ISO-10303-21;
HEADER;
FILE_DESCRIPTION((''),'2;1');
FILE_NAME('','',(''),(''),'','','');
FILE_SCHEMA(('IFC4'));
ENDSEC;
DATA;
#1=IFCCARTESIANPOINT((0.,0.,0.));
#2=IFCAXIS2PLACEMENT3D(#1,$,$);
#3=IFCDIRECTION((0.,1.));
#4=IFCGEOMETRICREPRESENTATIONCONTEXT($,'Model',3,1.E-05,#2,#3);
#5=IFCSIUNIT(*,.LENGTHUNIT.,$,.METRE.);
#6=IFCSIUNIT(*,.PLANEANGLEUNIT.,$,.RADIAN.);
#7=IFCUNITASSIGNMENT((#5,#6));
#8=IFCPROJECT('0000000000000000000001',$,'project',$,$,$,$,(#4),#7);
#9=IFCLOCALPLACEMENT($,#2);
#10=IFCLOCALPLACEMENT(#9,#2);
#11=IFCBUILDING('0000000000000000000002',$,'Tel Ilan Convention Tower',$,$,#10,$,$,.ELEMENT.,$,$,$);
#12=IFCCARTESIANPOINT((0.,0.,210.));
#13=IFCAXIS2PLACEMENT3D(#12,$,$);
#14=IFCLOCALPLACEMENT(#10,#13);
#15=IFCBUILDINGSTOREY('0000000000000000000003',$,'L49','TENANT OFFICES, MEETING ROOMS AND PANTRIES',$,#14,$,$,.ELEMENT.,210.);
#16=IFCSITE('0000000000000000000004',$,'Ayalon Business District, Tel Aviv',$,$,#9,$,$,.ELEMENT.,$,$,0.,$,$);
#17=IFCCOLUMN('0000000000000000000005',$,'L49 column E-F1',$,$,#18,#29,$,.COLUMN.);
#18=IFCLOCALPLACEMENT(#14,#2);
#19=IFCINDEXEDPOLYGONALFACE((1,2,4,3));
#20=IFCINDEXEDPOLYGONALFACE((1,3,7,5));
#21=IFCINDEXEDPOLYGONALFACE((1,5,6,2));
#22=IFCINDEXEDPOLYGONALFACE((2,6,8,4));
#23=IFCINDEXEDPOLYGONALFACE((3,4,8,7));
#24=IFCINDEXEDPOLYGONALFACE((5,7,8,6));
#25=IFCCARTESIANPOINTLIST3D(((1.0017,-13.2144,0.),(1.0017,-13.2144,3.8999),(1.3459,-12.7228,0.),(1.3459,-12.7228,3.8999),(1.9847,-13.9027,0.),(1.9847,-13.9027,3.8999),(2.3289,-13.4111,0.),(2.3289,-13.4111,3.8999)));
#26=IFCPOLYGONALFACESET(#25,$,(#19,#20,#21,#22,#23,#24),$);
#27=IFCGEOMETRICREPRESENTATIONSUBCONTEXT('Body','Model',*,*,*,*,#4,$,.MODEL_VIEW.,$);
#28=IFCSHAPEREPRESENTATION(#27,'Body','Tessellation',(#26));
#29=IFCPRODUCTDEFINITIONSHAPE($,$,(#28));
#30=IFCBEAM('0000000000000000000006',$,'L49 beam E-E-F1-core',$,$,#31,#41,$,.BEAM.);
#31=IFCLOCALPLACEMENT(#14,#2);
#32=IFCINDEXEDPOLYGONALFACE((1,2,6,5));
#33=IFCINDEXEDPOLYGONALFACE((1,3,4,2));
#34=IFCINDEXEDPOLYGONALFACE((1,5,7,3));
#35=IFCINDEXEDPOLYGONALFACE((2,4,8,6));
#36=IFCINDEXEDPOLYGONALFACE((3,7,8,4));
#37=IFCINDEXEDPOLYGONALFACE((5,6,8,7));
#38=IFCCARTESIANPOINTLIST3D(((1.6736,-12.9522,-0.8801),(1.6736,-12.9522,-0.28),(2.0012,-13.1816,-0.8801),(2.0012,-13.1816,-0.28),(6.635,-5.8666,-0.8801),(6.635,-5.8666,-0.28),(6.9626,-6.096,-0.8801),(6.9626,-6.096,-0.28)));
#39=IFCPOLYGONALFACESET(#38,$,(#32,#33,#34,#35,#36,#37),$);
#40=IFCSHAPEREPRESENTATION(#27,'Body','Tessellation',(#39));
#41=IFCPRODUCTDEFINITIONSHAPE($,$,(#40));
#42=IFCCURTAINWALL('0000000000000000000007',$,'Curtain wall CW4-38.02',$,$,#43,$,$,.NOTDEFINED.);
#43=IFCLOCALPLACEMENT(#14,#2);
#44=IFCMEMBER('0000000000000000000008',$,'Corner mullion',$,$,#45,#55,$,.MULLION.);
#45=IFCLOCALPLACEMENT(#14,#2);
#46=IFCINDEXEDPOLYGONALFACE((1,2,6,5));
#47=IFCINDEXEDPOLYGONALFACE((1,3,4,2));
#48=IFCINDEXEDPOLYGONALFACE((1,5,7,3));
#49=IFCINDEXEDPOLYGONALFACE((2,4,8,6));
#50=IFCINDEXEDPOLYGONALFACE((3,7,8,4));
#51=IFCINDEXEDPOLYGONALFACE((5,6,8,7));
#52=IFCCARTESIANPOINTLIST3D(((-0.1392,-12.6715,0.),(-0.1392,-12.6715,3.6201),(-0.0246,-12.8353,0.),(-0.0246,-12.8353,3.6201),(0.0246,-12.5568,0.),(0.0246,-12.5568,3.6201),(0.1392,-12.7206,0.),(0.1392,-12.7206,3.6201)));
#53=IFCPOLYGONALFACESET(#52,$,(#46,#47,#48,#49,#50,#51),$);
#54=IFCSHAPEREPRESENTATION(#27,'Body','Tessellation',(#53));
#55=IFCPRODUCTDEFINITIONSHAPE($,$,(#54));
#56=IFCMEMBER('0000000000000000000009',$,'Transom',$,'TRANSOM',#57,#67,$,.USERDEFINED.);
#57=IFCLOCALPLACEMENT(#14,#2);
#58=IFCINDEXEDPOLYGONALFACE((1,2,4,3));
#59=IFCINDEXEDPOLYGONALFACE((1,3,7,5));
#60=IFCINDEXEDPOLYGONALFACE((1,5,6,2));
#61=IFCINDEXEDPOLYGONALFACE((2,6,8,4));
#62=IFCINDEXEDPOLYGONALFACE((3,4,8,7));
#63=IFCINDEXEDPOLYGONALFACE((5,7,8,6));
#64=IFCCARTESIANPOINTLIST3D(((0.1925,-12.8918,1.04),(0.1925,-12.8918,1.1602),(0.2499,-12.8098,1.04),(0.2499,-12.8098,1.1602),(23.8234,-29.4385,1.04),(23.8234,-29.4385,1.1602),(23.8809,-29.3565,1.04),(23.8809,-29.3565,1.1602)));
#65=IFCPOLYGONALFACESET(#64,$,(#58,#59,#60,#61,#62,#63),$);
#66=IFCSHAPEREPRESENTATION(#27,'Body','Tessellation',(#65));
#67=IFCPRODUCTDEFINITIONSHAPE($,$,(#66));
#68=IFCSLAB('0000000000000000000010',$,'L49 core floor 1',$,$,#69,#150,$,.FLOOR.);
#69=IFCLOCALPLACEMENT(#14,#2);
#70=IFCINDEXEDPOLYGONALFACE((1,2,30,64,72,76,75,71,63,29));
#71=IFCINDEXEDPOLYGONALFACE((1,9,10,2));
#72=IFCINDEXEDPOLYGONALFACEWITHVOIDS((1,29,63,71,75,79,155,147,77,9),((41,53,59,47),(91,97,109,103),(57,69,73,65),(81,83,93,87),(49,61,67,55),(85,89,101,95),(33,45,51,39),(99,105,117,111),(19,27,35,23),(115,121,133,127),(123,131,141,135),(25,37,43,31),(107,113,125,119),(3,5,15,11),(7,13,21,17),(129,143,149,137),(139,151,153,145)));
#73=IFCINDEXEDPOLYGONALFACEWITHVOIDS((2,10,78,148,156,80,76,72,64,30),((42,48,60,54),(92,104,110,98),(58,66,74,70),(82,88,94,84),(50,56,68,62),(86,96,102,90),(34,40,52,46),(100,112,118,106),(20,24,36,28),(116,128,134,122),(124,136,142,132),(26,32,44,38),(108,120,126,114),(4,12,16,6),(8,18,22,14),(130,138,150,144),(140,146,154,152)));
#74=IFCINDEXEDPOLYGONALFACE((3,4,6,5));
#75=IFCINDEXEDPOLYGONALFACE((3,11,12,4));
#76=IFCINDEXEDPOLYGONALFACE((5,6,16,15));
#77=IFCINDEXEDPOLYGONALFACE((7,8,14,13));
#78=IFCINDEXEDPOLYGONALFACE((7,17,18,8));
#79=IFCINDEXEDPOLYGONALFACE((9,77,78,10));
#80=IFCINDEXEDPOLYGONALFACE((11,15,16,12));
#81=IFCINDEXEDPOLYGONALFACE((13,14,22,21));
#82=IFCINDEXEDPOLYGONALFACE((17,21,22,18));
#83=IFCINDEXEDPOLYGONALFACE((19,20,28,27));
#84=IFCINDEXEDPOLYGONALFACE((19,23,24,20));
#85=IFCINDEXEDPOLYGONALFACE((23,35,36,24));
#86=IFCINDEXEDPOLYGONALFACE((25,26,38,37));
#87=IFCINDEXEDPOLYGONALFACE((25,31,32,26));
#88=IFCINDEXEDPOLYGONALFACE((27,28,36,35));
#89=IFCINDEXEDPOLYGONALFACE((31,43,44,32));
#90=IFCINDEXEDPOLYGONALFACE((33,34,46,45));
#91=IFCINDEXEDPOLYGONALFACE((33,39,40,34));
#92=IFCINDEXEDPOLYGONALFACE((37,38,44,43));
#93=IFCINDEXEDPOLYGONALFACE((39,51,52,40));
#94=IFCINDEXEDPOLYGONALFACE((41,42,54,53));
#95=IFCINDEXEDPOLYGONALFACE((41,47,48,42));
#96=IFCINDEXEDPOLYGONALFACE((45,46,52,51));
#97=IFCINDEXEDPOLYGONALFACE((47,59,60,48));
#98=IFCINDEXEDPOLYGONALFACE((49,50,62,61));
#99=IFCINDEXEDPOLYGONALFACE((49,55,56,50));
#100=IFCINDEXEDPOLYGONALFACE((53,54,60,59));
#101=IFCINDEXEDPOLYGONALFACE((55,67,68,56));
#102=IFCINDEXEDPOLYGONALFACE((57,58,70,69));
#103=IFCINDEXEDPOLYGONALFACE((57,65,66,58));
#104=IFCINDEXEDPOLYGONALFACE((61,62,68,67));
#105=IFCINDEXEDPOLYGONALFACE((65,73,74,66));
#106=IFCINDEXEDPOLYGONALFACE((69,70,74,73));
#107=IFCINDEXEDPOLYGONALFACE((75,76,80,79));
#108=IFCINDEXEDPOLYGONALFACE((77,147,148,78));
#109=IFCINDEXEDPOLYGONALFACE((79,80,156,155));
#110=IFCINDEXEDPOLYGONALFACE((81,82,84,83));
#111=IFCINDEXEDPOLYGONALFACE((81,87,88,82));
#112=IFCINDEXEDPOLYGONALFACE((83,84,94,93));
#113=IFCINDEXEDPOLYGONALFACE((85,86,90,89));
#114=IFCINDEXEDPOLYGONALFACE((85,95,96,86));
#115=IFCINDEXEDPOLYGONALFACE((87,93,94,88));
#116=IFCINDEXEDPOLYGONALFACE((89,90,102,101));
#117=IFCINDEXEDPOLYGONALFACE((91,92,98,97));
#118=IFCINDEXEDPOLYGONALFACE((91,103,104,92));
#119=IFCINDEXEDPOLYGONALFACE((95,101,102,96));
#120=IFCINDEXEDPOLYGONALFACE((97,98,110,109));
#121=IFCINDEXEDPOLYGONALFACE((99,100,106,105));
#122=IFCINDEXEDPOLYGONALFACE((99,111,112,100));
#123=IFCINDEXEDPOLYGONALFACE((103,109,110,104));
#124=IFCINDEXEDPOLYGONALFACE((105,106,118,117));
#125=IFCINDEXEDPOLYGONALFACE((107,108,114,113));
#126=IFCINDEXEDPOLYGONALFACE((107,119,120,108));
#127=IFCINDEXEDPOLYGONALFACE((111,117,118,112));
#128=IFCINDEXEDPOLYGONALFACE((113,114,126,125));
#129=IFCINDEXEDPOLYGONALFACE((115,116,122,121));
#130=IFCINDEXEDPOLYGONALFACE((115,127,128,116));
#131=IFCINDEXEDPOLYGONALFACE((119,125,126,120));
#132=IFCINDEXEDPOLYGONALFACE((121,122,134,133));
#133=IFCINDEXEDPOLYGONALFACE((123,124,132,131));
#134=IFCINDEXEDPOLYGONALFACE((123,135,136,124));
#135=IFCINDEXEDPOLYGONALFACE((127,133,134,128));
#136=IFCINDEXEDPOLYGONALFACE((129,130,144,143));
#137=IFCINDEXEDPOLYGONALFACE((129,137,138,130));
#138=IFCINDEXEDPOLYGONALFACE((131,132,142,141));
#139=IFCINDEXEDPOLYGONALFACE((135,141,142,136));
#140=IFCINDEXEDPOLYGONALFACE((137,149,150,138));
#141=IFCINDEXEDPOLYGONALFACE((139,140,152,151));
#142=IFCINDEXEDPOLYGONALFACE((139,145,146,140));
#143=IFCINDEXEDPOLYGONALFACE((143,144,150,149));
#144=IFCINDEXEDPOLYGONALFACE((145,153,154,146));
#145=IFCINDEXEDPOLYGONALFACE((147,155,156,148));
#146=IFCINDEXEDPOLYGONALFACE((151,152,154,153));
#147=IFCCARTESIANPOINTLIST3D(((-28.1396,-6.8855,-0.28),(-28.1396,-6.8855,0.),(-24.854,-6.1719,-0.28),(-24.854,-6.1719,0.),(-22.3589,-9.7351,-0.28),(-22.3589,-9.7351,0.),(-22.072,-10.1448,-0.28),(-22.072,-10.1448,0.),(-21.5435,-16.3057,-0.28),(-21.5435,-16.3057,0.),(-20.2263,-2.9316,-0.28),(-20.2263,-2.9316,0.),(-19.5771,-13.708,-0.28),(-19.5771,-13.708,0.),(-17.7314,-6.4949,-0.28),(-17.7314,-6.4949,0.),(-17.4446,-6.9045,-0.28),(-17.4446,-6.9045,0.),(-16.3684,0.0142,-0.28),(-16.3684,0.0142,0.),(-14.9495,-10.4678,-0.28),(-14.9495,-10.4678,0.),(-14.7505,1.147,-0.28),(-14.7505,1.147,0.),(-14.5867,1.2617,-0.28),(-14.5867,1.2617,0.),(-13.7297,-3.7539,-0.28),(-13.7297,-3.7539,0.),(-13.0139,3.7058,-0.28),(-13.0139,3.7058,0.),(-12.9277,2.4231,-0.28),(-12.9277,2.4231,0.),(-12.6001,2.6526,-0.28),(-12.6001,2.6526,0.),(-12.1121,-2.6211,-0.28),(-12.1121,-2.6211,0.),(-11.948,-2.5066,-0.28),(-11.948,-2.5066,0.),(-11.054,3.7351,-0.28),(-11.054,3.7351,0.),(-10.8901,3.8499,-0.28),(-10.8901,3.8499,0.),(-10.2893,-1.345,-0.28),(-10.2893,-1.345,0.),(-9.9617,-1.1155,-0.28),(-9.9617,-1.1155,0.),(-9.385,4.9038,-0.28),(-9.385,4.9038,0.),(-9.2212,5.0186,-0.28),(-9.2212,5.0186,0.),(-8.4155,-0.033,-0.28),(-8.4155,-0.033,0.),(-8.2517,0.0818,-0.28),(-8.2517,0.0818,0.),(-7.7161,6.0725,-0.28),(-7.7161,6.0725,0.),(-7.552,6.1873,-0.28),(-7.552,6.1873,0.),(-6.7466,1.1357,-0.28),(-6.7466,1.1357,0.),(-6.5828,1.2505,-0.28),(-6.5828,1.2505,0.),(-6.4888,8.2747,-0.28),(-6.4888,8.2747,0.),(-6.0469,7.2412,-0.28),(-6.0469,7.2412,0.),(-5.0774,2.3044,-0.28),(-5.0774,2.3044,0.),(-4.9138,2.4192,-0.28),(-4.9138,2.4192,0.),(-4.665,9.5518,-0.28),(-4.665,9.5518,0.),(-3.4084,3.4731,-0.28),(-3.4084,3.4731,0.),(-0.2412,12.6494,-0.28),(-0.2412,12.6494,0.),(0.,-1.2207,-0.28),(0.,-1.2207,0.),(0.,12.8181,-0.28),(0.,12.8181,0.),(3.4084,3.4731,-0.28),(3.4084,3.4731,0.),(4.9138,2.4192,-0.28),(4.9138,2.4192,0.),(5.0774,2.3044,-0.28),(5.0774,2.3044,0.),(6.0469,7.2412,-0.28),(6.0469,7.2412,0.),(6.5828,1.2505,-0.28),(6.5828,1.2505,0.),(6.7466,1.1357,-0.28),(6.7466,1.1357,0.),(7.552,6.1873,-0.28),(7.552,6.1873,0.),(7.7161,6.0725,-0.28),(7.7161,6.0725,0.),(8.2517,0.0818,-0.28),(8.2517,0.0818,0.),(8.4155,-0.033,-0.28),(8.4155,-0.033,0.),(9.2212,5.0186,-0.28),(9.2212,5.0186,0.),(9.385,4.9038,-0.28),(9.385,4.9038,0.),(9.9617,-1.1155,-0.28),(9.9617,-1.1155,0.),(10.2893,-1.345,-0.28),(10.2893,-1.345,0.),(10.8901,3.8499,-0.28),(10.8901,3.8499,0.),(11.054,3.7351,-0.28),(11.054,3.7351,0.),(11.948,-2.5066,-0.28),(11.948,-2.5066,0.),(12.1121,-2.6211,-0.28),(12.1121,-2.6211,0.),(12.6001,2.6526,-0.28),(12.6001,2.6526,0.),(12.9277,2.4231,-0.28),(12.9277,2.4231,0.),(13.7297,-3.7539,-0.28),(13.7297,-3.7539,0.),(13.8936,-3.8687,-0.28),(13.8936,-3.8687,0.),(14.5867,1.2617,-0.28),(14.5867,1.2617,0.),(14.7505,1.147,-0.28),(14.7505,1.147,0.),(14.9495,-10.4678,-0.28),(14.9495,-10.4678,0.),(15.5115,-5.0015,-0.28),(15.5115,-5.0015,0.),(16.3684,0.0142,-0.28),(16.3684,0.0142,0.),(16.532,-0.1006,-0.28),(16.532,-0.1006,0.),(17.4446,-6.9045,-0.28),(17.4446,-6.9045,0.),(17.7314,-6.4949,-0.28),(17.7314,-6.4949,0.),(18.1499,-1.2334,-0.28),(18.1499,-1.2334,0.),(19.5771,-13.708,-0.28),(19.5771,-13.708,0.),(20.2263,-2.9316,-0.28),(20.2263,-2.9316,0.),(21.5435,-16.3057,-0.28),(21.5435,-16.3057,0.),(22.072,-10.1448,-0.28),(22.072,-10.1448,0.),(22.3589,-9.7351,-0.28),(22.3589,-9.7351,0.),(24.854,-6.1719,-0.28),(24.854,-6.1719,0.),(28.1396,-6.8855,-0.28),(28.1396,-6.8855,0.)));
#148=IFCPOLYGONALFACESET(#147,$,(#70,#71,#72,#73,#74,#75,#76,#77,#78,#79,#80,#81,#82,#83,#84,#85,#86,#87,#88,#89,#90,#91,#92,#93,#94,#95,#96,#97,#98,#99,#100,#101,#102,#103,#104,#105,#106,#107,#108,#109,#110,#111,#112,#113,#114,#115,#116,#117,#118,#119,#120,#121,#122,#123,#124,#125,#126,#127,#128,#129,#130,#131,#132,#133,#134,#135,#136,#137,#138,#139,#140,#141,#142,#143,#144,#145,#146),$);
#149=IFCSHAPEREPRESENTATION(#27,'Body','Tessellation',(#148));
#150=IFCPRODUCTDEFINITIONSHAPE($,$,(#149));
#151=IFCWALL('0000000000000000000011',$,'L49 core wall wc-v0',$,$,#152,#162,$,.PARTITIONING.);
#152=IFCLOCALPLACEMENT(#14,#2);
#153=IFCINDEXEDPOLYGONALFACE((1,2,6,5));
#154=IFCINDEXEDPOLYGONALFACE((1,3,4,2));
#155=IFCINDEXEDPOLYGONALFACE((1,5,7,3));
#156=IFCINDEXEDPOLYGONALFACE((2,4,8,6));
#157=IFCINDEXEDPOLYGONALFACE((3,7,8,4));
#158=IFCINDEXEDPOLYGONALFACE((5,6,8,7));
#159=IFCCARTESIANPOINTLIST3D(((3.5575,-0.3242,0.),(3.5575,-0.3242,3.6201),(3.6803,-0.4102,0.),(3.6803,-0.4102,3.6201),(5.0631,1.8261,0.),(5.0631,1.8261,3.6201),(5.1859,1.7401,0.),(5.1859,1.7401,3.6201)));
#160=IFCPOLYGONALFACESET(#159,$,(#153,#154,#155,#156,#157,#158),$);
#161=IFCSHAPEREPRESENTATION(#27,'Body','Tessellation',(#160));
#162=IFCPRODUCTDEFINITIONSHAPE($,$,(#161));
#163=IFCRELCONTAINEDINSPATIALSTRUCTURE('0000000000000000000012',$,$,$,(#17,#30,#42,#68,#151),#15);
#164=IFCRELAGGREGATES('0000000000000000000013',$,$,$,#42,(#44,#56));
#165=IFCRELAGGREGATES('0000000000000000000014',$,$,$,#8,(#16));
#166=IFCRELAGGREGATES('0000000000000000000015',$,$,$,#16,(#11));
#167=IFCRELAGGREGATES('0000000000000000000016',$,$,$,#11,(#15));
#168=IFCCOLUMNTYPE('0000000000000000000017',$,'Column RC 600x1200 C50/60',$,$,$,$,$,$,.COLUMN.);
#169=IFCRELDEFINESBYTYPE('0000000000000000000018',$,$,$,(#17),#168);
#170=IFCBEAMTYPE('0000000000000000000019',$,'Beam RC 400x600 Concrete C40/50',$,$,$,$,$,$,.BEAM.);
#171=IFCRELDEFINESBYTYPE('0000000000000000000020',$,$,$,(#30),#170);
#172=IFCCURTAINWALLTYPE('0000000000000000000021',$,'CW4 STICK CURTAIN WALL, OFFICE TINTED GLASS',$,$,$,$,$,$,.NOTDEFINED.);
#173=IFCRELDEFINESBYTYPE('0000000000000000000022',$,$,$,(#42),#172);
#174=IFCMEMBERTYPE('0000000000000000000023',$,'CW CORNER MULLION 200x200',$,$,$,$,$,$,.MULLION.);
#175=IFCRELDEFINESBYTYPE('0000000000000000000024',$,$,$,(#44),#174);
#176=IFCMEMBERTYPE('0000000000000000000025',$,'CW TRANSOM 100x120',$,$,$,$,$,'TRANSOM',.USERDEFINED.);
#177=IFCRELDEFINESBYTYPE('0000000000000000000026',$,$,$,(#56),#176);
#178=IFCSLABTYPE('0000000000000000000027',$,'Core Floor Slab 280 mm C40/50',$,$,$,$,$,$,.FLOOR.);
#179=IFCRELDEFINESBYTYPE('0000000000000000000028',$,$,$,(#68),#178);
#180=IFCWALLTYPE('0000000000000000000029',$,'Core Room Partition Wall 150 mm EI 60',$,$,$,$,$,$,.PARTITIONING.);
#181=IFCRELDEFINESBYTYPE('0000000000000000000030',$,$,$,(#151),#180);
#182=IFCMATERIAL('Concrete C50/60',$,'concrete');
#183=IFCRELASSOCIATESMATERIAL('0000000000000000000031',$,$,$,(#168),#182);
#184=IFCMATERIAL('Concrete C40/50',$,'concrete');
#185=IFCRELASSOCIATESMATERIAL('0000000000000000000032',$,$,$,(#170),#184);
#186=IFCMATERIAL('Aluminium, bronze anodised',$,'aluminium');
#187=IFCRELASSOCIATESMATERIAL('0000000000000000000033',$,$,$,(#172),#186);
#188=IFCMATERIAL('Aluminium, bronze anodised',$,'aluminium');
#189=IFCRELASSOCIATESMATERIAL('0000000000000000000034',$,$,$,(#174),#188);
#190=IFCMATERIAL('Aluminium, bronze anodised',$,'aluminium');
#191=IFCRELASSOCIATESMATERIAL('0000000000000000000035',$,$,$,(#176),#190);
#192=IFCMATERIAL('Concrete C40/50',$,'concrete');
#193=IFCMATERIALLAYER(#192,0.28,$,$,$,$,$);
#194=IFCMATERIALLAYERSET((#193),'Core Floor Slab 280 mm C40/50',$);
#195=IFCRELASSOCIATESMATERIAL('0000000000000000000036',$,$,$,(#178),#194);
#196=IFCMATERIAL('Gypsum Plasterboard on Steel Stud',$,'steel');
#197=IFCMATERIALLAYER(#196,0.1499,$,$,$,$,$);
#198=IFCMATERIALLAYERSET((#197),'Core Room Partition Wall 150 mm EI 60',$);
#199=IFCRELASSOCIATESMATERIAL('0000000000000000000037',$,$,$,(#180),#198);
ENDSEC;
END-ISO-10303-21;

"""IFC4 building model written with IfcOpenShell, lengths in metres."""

from ifc_helpers import new_model, si_unit, direction, frame, frame_2d, origin, origin_2d, place, context, subcontext, project, spatial, polyline, rectangle, outline, extrude, material, layer, layer_set, material_profile, profile_set, type_object, element, aggregate, save


model = new_model("IFC4")

# Units and contexts
model_context = context("Model", 3, precision=1e-05, world=origin(), true_north=direction((0.0, 1.0)))
body_context = subcontext(model_context, "Body", "Model", "MODEL_VIEW")
ifc_project = project(units=[si_unit("LENGTHUNIT", "METRE"), si_unit("PLANEANGLEUNIT", "RADIAN")], contexts=[model_context])

# Site, building, storey
site_placement = place(None, origin())
site = spatial("IfcSite", under=ifc_project, at=site_placement, Name="Ayalon Business District, Tel Aviv", CompositionType="ELEMENT", RefElevation=0.0)
building_placement = place(site_placement, origin())
building = spatial("IfcBuilding", under=site, at=building_placement, Name="Tel Ilan Convention Tower", CompositionType="ELEMENT")
storey_placement = place(building_placement, frame((0.0, 0.0, 210.0)))
storey = spatial("IfcBuildingStorey", under=building, at=storey_placement, Name="L49", Description="TENANT OFFICES, MEETING ROOMS AND PANTRIES", CompositionType="ELEMENT", Elevation=210.0)

# Column
ifc_material_1 = material(Name="Concrete C50/60", Category="concrete")
ifc_material_profile_1 = material_profile(ifc_material_1, rectangle(XDim=1.2, YDim=0.6001, at=origin_2d()), Name="RC 600x1200")
ifc_profile_set_1 = profile_set([ifc_material_profile_1], Name="Concrete C50/60")
column_type = type_object("IfcColumnType", Name="Column RC 600x1200 C50/60", PredefinedType="COLUMN", material=ifc_profile_set_1)
column_placement = place(storey_placement, frame((1.6653, -13.3127, 0.0), z_axis=(0.0, 0.0, 1.0), x_axis=(0.819152, -0.573576, 0.0)))
element("IfcColumn", 1, at=column_placement, inside=storey, type_object=column_type, Name="L49 column E-F1", PredefinedType="COLUMN", context=body_context, shape_type="SweptSolid", body=[
    extrude(rectangle(XDim=1.2, YDim=0.6001, at=origin_2d()), origin(), (0.0, 0.0, 1.0), 3.8999),
])

# Beam
ifc_material_2 = material(Name="Concrete C40/50", Category="concrete")
ifc_material_profile_2 = material_profile(ifc_material_2, rectangle(XDim=0.3999, YDim=0.6001, at=origin_2d()), Name="RC 400x600")
ifc_profile_set_2 = profile_set([ifc_material_profile_2], Name="Concrete C40/50")
beam_type = type_object("IfcBeamType", Name="Beam RC 400x600 Concrete C40/50", PredefinedType="BEAM", material=ifc_profile_set_2)
beam_placement = place(storey_placement, frame((1.8374, -13.0669, -0.5801), z_axis=(0.573574, 0.819154, 0.0), x_axis=(-0.819154, 0.573574, 0.0)))
element("IfcBeam", 2, at=beam_placement, inside=storey, type_object=beam_type, Name="L49 beam E-E-F1-core", PredefinedType="BEAM", context=body_context, shape_type="SweptSolid", body=[
    extrude(rectangle(XDim=0.3999, YDim=0.6001, at=origin_2d()), origin(), (0.0, 0.0, 1.0), 8.6499),
])

# Curtain wall, members
ifc_material_3 = material(Name="Aluminium, bronze anodised", Category="aluminium")
curtain_wall_type = type_object("IfcCurtainWallType", Name="CW4 STICK CURTAIN WALL, OFFICE TINTED GLASS", PredefinedType="NOTDEFINED", material=ifc_material_3)
curtain_wall_placement = place(storey_placement, origin())
curtain_wall = element("IfcCurtainWall", 3, at=curtain_wall_placement, inside=storey, type_object=curtain_wall_type, Name="Curtain wall CW4-38.02", PredefinedType="NOTDEFINED")
ifc_material_4 = material(Name="Aluminium, bronze anodised", Category="aluminium")
ifc_material_profile_3 = material_profile(ifc_material_4, rectangle(XDim=0.2, YDim=0.2, at=origin_2d()), Name="CW CORNER MULLION 200x200")
ifc_profile_set_3 = profile_set([ifc_material_profile_3], Name="Aluminium, bronze anodised")
member_type_1 = type_object("IfcMemberType", Name="CW CORNER MULLION 200x200", PredefinedType="MULLION", material=ifc_profile_set_3)
member_1_placement = place(storey_placement, frame((0.0, -12.696, 0.0), z_axis=(0.0, 0.0, 1.0), x_axis=(0.819152, 0.573576, 0.0)))
member_1 = element("IfcMember", 4, at=member_1_placement, type_object=member_type_1, Name="Corner mullion", PredefinedType="MULLION", context=body_context, shape_type="SweptSolid", body=[
    extrude(rectangle(XDim=0.2, YDim=0.2, at=origin_2d()), origin(), (0.0, 0.0, 1.0), 3.6201),
])
ifc_material_5 = material(Name="Aluminium, bronze anodised", Category="aluminium")
ifc_material_profile_4 = material_profile(ifc_material_5, rectangle(XDim=0.1001, YDim=0.1201, at=origin_2d()), Name="CW TRANSOM 100x120")
ifc_profile_set_4 = profile_set([ifc_material_profile_4], Name="Aluminium, bronze anodised")
member_type_2 = type_object("IfcMemberType", Name="CW TRANSOM 100x120", ElementType="TRANSOM", PredefinedType="USERDEFINED", material=ifc_profile_set_4)
member_2_placement = place(storey_placement, frame((0.2212, -12.8508, 1.1001), z_axis=(0.81915, -0.573579, 0.0), x_axis=(0.573579, 0.81915, 0.0)))
member_2 = element("IfcMember", 5, at=member_2_placement, type_object=member_type_2, Name="Transom", ObjectType="TRANSOM", PredefinedType="USERDEFINED", context=body_context, shape_type="SweptSolid", body=[
    extrude(rectangle(XDim=0.1001, YDim=0.1201, at=origin_2d()), origin(), (0.0, 0.0, 1.0), 28.8481),
])
aggregate(curtain_wall, [member_1, member_2])

# Slab
ifc_material_6 = material(Name="Concrete C40/50", Category="concrete")
ifc_layer_1 = layer(ifc_material_6, 0.28)
ifc_layer_set_1 = layer_set([ifc_layer_1], Name="Core Floor Slab 280 mm C40/50")
slab_type = type_object("IfcSlabType", Name="Core Floor Slab 280 mm C40/50", PredefinedType="FLOOR", material=ifc_layer_set_1)
slab_placement = place(storey_placement, frame((0.0, 0.0, -0.28)))
element("IfcSlab", 6, at=slab_placement, inside=storey, type_object=slab_type, Name="L49 core floor 1", PredefinedType="FLOOR", context=body_context, shape_type="SweptSolid", body=[
    extrude(outline(polyline([(0.0, 12.8181), (28.1396, -6.8855), (21.5435, -16.3057), (0.0, -1.2207), (-21.5435, -16.3057), (-28.1396, -6.8855), (-13.0139, 3.7058), (-6.4888, 8.2747), (-4.665, 9.5518), (-0.2412, 12.6494), (0.0, 12.8181)]), holes=[polyline([(-14.9495, -10.4678), (-17.4446, -6.9045), (-22.072, -10.1448), (-19.5771, -13.708), (-14.9495, -10.4678)]), polyline([(-17.7314, -6.4949), (-20.2263, -2.9316), (-24.854, -6.1719), (-22.3589, -9.7351), (-17.7314, -6.4949)]), polyline([(-14.7505, 1.147), (-16.3684, 0.0142), (-13.7297, -3.7539), (-12.1121, -2.6211), (-14.7505, 1.147)]), polyline([(-12.9277, 2.4231), (-14.5867, 1.2617), (-11.948, -2.5066), (-10.2893, -1.345), (-12.9277, 2.4231)]), polyline([(-11.054, 3.7351), (-12.6001, 2.6526), (-9.9617, -1.1155), (-8.4155, -0.033), (-11.054, 3.7351)]), polyline([(-9.385, 4.9038), (-10.8901, 3.8499), (-8.2517, 0.0818), (-6.7466, 1.1357), (-9.385, 4.9038)]), polyline([(-7.7161, 6.0725), (-9.2212, 5.0186), (-6.5828, 1.2505), (-5.0774, 2.3044), (-7.7161, 6.0725)]), polyline([(-6.0469, 7.2412), (-7.552, 6.1873), (-4.9138, 2.4192), (-3.4084, 3.4731), (-6.0469, 7.2412)]), polyline([(4.9138, 2.4192), (7.552, 6.1873), (6.0469, 7.2412), (3.4084, 3.4731), (4.9138, 2.4192)]), polyline([(17.4446, -6.9045), (14.9495, -10.4678), (19.5771, -13.708), (22.072, -10.1448), (17.4446, -6.9045)]), polyline([(20.2263, -2.9316), (17.7314, -6.4949), (22.3589, -9.7351), (24.854, -6.1719), (20.2263, -2.9316)]), polyline([(15.5115, -5.0015), (18.1499, -1.2334), (16.532, -0.1006), (13.8936, -3.8687), (15.5115, -5.0015)]), polyline([(13.7297, -3.7539), (16.3684, 0.0142), (14.7505, 1.147), (12.1121, -2.6211), (13.7297, -3.7539)]), polyline([(11.948, -2.5066), (14.5867, 1.2617), (12.9277, 2.4231), (10.2893, -1.345), (11.948, -2.5066)]), polyline([(9.9617, -1.1155), (12.6001, 2.6526), (11.054, 3.7351), (8.4155, -0.033), (9.9617, -1.1155)]), polyline([(6.7466, 1.1357), (8.2517, 0.0818), (10.8901, 3.8499), (9.385, 4.9038), (6.7466, 1.1357)]), polyline([(5.0774, 2.3044), (6.5828, 1.2505), (9.2212, 5.0186), (7.7161, 6.0725), (5.0774, 2.3044)])]), origin(), (0.0, 0.0, 1.0), 0.28),
])

# Wall
ifc_material_7 = material(Name="Gypsum Plasterboard on Steel Stud", Category="steel")
ifc_layer_2 = layer(ifc_material_7, 0.1499)
ifc_layer_set_2 = layer_set([ifc_layer_2], Name="Core Room Partition Wall 150 mm EI 60")
wall_type_1 = type_object("IfcWallType", Name="Core Room Partition Wall 150 mm EI 60", PredefinedType="PARTITIONING", material=ifc_layer_set_2)
for number, where, z_axis, x_axis, name in (
    (7, (3.6189, -0.3672, 0.0), (0.0, 0.0, 1.0), (0.57355, 0.819171, 0.0), "L49 core wall wc-v0"),
):
    element("IfcWall", number, at=place(storey_placement, frame(where, z_axis=z_axis, x_axis=x_axis)), inside=storey, type_object=wall_type_1, Name=name, PredefinedType="PARTITIONING", context=body_context, shape_type="SweptSolid", body=[
        extrude(rectangle(XDim=2.625, YDim=0.1499, at=frame_2d((1.3125, 0.0))), origin(), (0.0, 0.0, 1.0), 3.6201),
    ])

save(model, "model.ifc")
